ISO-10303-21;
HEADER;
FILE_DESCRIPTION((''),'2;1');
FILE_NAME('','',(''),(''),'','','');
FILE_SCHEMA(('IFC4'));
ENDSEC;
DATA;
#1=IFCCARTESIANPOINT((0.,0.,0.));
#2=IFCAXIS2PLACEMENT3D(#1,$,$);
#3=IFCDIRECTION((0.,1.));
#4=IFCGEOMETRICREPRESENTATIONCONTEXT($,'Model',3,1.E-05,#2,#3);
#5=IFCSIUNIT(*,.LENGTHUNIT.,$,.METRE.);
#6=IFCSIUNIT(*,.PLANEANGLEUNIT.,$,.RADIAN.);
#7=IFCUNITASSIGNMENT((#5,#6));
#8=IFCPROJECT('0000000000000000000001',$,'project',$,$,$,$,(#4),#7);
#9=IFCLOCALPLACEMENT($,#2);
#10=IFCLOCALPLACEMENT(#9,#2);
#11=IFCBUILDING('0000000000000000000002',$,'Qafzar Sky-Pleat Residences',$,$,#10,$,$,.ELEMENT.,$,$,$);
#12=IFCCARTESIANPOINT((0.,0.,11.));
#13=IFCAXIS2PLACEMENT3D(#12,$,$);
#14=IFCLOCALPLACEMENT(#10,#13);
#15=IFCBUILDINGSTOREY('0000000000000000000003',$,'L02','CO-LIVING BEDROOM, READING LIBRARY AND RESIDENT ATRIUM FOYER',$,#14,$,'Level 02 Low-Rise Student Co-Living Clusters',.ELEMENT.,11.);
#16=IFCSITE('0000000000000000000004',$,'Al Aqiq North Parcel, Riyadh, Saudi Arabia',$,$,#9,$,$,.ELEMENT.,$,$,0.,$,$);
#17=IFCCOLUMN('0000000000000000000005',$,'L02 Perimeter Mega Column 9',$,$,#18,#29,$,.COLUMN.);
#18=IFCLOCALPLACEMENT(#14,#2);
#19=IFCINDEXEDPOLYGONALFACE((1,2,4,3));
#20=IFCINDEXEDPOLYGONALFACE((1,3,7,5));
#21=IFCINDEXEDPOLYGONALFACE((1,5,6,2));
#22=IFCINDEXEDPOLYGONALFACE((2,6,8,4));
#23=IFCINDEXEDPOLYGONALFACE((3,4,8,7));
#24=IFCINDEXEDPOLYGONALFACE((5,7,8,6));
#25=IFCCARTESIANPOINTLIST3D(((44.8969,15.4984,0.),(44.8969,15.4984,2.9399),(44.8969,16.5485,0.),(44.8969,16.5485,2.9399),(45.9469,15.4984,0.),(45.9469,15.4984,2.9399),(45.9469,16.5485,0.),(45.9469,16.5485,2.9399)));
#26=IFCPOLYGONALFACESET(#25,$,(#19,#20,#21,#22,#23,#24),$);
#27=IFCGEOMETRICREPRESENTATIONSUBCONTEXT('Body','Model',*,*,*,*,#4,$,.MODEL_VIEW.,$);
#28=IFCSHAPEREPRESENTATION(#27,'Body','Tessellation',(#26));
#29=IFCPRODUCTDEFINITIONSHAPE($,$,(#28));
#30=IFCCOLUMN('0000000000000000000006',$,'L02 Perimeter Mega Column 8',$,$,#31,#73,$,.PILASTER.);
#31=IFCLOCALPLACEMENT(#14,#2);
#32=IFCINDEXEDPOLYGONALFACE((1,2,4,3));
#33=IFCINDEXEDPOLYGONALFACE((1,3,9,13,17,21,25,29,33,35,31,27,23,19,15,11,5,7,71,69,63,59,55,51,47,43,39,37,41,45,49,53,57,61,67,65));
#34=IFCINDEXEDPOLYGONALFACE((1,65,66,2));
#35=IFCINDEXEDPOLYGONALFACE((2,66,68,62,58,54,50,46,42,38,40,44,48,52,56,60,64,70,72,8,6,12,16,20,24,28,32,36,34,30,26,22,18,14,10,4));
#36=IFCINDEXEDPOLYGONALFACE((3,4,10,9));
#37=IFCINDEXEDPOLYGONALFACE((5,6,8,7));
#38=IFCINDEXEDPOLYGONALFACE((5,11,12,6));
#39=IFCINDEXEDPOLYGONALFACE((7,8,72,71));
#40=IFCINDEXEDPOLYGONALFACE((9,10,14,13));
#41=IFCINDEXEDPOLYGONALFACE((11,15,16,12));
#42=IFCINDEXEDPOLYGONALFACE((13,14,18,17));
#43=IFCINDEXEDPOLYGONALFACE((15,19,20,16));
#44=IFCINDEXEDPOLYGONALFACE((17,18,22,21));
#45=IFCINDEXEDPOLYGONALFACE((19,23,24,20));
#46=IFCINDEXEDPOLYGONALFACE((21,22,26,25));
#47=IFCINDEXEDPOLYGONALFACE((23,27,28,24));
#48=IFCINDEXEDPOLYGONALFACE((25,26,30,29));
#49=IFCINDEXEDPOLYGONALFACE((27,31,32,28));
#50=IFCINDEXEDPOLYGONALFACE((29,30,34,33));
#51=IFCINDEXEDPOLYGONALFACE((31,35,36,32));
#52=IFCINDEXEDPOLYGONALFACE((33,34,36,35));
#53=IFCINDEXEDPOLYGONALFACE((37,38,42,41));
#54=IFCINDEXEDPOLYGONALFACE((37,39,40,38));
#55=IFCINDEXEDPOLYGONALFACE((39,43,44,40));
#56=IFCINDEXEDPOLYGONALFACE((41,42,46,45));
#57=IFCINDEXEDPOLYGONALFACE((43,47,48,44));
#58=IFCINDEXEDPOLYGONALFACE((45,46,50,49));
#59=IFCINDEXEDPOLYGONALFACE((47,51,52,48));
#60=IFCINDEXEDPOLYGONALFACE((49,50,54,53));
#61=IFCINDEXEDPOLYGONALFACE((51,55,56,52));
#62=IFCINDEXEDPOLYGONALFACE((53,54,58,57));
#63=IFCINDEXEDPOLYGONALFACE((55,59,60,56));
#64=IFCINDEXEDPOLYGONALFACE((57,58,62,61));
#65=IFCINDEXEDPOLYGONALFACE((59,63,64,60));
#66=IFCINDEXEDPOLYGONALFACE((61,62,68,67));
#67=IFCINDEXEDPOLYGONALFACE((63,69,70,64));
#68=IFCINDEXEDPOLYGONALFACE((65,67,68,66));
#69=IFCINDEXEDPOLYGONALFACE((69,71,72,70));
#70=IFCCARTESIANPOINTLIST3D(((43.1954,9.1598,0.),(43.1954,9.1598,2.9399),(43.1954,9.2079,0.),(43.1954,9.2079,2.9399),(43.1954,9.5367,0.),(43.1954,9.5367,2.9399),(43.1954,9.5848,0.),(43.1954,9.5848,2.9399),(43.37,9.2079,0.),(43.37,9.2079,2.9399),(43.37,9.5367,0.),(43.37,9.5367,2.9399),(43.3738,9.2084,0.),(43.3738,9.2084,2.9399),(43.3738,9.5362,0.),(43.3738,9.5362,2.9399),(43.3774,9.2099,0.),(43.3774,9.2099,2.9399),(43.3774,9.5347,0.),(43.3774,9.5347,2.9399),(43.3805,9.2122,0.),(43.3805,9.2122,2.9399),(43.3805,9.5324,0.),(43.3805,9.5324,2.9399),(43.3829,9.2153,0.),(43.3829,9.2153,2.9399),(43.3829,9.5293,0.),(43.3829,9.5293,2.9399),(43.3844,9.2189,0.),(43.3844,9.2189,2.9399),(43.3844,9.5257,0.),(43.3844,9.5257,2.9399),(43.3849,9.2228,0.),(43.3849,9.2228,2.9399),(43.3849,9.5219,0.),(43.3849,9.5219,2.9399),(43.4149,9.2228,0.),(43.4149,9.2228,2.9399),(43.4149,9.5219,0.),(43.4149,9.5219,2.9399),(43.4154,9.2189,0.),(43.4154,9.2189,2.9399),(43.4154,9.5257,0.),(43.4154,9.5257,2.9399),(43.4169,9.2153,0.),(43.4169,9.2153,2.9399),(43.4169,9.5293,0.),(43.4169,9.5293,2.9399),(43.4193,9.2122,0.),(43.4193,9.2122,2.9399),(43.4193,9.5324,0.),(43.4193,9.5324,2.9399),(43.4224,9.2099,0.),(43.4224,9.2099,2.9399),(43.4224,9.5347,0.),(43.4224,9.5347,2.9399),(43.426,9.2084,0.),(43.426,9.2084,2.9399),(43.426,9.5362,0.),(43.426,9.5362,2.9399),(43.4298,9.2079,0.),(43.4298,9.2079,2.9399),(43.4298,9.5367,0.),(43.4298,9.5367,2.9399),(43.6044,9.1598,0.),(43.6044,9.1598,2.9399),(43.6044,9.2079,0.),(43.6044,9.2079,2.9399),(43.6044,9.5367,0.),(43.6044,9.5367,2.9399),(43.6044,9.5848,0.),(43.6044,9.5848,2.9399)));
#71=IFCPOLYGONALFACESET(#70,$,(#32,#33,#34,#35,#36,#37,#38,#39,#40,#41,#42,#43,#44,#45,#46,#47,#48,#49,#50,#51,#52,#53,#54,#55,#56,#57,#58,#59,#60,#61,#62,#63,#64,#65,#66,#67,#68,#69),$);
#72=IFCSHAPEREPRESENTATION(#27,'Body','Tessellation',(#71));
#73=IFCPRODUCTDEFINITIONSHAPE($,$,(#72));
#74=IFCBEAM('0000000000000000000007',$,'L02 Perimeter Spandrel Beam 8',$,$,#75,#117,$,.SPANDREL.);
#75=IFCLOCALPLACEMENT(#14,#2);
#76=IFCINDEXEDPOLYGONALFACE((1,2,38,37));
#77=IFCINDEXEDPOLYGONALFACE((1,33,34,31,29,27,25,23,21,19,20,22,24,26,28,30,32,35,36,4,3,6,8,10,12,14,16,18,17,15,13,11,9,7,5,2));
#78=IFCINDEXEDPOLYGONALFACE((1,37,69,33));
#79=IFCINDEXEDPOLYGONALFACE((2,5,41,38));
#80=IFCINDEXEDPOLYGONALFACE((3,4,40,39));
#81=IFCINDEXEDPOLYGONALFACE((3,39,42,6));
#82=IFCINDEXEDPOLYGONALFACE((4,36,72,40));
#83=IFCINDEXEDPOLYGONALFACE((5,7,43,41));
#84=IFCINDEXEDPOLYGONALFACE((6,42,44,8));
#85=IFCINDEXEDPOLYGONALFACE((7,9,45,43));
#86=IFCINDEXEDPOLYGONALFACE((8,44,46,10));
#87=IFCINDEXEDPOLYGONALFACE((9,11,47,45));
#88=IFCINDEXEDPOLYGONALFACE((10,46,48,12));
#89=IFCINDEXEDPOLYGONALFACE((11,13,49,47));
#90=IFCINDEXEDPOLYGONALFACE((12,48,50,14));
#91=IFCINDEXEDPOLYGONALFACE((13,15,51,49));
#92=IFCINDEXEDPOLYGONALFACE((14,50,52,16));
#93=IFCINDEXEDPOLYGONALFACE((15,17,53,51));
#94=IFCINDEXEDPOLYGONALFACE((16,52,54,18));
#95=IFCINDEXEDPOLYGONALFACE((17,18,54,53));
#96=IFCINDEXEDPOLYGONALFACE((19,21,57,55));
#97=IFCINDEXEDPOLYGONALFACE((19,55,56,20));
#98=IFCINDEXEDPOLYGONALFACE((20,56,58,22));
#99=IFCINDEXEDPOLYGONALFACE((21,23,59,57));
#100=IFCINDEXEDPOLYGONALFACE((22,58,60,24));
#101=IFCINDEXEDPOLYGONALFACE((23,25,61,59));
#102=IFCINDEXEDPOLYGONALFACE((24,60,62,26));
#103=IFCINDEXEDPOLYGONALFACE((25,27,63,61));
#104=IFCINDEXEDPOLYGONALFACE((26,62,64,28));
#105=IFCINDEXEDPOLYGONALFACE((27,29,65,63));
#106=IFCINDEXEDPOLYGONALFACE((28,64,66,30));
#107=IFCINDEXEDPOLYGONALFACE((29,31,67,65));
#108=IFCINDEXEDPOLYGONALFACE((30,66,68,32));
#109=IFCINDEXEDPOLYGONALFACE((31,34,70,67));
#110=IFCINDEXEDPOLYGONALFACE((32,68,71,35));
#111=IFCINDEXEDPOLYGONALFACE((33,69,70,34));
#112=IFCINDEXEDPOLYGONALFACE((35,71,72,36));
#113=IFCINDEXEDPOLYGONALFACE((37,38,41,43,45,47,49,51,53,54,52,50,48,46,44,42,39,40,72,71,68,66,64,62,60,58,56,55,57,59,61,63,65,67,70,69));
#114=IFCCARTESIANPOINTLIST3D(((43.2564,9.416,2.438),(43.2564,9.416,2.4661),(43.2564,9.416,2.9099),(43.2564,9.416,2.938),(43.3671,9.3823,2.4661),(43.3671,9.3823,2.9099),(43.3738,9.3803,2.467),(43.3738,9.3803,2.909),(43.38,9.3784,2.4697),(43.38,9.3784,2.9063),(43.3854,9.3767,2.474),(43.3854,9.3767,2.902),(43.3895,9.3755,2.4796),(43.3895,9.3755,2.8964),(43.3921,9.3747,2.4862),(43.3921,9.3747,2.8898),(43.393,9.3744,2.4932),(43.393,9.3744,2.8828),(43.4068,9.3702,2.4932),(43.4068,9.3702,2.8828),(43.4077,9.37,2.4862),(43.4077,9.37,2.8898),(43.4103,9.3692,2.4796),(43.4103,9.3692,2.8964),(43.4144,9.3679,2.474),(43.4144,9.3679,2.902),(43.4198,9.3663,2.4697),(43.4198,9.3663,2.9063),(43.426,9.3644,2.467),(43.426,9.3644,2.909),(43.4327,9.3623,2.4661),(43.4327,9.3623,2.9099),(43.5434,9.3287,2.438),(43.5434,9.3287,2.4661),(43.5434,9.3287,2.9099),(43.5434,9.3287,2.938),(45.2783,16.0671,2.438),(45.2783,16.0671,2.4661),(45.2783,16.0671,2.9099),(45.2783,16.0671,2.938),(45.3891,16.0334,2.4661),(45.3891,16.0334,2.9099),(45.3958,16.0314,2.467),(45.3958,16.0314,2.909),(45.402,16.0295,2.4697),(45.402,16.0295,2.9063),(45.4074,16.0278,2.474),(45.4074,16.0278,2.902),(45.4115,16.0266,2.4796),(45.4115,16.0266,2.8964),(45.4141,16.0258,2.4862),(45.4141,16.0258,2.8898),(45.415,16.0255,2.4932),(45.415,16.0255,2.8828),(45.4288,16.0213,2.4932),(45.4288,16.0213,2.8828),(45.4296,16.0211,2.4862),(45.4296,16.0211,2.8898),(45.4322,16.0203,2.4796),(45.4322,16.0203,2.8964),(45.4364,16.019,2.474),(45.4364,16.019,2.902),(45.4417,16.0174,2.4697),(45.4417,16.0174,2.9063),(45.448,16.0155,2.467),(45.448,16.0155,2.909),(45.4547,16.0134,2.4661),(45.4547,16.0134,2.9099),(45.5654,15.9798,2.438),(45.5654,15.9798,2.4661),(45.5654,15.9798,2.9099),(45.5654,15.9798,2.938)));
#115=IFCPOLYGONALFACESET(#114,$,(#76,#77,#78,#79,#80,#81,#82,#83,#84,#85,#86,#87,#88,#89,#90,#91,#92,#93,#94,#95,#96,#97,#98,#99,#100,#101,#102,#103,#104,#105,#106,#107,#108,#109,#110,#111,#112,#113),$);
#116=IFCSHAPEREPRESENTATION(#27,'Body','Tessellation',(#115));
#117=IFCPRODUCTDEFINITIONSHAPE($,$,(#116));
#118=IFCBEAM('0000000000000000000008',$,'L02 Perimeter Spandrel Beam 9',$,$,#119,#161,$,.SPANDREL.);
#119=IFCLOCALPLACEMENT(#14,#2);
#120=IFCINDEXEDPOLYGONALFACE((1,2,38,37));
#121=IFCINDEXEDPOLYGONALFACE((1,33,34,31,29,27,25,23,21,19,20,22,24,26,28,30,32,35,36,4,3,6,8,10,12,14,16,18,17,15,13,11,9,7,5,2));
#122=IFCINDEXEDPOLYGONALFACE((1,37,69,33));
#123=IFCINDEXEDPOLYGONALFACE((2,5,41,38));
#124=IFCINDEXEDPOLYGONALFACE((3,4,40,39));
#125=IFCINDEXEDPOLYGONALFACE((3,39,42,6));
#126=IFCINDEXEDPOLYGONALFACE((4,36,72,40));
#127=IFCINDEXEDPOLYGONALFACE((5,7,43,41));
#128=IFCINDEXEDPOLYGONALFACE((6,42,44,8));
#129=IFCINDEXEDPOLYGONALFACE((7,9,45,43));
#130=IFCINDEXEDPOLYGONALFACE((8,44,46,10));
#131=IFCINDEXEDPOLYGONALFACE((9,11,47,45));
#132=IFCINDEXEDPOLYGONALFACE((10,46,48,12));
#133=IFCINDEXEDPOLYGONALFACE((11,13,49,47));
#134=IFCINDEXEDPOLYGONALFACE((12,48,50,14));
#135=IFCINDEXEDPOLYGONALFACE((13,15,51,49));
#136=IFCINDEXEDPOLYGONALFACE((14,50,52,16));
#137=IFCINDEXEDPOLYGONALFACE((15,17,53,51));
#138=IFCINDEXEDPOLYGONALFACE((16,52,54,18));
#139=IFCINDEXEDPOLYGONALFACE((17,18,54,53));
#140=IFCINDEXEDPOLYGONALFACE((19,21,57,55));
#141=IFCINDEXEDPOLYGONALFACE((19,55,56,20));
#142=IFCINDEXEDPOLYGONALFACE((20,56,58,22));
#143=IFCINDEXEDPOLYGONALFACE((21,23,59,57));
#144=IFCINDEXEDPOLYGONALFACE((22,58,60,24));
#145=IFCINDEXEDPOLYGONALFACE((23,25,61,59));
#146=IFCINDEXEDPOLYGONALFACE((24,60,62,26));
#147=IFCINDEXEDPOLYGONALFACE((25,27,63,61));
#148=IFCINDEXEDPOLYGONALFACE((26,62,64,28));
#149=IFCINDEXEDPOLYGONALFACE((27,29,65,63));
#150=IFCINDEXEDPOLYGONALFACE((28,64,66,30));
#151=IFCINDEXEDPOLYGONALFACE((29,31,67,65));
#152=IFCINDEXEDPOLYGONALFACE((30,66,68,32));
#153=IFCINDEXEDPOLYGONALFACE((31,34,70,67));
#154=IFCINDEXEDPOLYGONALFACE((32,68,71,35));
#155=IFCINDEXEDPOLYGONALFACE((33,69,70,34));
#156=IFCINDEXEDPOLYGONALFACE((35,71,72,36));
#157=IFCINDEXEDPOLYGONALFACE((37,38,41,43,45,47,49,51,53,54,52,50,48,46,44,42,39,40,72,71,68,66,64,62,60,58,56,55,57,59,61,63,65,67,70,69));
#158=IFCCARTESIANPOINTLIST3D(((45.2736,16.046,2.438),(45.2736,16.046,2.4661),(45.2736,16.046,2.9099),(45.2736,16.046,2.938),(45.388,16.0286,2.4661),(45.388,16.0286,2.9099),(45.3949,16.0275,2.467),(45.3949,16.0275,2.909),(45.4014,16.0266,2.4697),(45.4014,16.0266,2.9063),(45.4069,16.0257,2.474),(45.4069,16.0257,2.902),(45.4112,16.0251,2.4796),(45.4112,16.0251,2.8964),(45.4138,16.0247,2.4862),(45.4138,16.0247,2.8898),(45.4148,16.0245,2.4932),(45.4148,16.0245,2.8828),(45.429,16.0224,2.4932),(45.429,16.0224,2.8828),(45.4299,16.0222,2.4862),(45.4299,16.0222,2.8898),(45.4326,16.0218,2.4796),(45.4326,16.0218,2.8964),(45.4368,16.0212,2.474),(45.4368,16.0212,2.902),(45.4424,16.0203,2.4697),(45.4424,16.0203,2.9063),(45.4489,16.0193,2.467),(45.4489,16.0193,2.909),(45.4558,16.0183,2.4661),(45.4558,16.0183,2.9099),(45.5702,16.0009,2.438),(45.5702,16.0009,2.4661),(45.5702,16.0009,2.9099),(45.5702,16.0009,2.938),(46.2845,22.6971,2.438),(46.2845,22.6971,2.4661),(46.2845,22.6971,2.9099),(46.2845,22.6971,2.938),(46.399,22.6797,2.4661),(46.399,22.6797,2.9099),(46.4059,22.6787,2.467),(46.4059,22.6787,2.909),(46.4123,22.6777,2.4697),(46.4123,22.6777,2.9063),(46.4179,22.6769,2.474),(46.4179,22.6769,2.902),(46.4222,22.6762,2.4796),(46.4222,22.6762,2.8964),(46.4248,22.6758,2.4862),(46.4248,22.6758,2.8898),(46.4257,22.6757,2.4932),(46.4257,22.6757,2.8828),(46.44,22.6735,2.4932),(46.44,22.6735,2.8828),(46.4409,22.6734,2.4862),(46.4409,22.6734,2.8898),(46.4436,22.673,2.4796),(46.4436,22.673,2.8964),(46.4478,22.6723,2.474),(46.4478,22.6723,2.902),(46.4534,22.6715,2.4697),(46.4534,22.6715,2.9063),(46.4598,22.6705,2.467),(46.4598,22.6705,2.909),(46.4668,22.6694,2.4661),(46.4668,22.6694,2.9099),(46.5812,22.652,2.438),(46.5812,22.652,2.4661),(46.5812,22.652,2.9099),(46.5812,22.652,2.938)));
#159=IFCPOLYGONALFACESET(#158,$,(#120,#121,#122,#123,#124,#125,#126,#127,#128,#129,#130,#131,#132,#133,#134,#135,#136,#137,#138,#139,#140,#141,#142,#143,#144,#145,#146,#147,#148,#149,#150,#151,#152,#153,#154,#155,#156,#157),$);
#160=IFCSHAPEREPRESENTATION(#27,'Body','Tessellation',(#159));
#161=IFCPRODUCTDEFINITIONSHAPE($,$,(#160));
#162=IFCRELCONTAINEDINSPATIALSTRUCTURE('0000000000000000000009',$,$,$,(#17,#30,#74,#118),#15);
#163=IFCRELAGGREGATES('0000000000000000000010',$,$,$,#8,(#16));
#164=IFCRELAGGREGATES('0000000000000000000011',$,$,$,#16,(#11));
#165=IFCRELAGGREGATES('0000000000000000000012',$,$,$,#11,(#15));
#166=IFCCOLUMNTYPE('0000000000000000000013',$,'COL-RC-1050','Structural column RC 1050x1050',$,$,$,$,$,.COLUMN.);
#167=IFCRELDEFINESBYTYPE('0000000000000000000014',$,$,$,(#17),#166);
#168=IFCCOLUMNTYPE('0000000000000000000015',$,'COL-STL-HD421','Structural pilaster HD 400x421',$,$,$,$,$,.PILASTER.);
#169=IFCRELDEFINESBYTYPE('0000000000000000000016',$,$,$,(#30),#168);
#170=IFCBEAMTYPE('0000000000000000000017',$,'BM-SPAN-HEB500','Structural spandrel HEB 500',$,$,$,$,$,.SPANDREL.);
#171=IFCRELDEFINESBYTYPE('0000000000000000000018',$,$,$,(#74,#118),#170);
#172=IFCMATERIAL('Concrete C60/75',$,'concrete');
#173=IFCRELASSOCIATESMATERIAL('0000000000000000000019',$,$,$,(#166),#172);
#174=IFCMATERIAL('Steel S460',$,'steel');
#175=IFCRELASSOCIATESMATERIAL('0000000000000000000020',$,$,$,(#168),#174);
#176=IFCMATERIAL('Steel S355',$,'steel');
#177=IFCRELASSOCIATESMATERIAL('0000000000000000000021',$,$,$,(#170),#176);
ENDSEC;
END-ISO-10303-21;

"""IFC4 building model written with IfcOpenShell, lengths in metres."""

from ifc_helpers import new_model, si_unit, direction, frame, origin, origin_2d, place, context, subcontext, project, spatial, rectangle, i_section, extrude, source, transform, mapped, material, material_profile, profile_set, type_object, element, save


model = new_model("IFC4")

# Units and contexts
model_context = context("Model", 3, precision=1e-05, world=origin(), true_north=direction((0.0, 1.0)))
body_context = subcontext(model_context, "Body", "Model", "MODEL_VIEW")
ifc_project = project(units=[si_unit("LENGTHUNIT", "METRE"), si_unit("PLANEANGLEUNIT", "RADIAN")], contexts=[model_context])

# Site, building, storey
site_placement = place(None, origin())
site = spatial("IfcSite", under=ifc_project, at=site_placement, Name="Al Aqiq North Parcel, Riyadh, Saudi Arabia", CompositionType="ELEMENT", RefElevation=0.0)
building_placement = place(site_placement, origin())
building = spatial("IfcBuilding", under=site, at=building_placement, Name="Qafzar Sky-Pleat Residences", CompositionType="ELEMENT")
storey_placement = place(building_placement, frame((0.0, 0.0, 11.0)))
storey = spatial("IfcBuildingStorey", under=building, at=storey_placement, Name="L02", Description="CO-LIVING BEDROOM, READING LIBRARY AND RESIDENT ATRIUM FOYER", LongName="Level 02 Low-Rise Student Co-Living Clusters", CompositionType="ELEMENT", Elevation=11.0)

# Columns
ifc_material_1 = material(Name="Concrete C60/75", Category="concrete")
ifc_material_profile_1 = material_profile(ifc_material_1, rectangle(XDim=1.05, YDim=1.05, at=origin_2d()), Name="RC 1050x1050")
ifc_profile_set_1 = profile_set([ifc_material_profile_1], Name="Concrete C60/75")
column_type_1 = type_object("IfcColumnType", Name="COL-RC-1050", Description="Structural column RC 1050x1050", PredefinedType="COLUMN", material=ifc_profile_set_1)
shared_shape_1 = source(origin(), body_context, "Body", "SweptSolid", [
    extrude(rectangle(XDim=1.05, YDim=1.05, at=origin_2d()), origin(), (0.0, 0.0, 1.0), 2.9399),
])
column_1_placement = place(storey_placement, frame((45.4219, 16.0234, 0.0), z_axis=(0.0, 0.0, 1.0), x_axis=(1.0, 0.0, 0.0)))
element("IfcColumn", 1, at=column_1_placement, inside=storey, type_object=column_type_1, Name="L02 Perimeter Mega Column 9", PredefinedType="COLUMN", context=body_context, shape_type="MappedRepresentation", body=[
    mapped(shared_shape_1, transform((0.0, 0.0, 0.0), x_axis=(1.0, 0.0, 0.0), y_axis=(0.0, 1.0, 0.0), z_axis=(0.0, 0.0, 1.0), scale=1.0)),
])
ifc_material_2 = material(Name="Steel S460", Category="steel")
ifc_material_profile_2 = material_profile(ifc_material_2, i_section(OverallWidth=0.4089, OverallDepth=0.425, WebThickness=0.03, FlangeThickness=0.0481, FilletRadius=0.0149, at=origin_2d()), Name="HD 400x421")
ifc_profile_set_2 = profile_set([ifc_material_profile_2], Name="Steel S460")
column_type_2 = type_object("IfcColumnType", Name="COL-STL-HD421", Description="Structural pilaster HD 400x421", PredefinedType="PILASTER", material=ifc_profile_set_2)
shared_shape_2 = source(origin(), body_context, "Body", "SweptSolid", [
    extrude(i_section(OverallWidth=0.4089, OverallDepth=0.425, WebThickness=0.03, FlangeThickness=0.0481, FilletRadius=0.0149, at=origin_2d()), origin(), (0.0, 0.0, 1.0), 2.9399),
])
column_2_placement = place(storey_placement, frame((43.3999, 9.3723, 0.0), z_axis=(0.0, 0.0, 1.0), x_axis=(1.0, 0.0, 0.0)))
element("IfcColumn", 2, at=column_2_placement, inside=storey, type_object=column_type_2, Name="L02 Perimeter Mega Column 8", PredefinedType="PILASTER", context=body_context, shape_type="MappedRepresentation", body=[
    mapped(shared_shape_2, transform((0.0, 0.0, 0.0), x_axis=(1.0, 0.0, 0.0), y_axis=(0.0, 1.0, 0.0), z_axis=(0.0, 0.0, 1.0), scale=1.0)),
])

# Beams
ifc_material_3 = material(Name="Steel S355", Category="steel")
ifc_material_profile_3 = material_profile(ifc_material_3, i_section(OverallWidth=0.3, OverallDepth=0.5, WebThickness=0.0144, FlangeThickness=0.0281, FilletRadius=0.0271, at=origin_2d()), Name="HEB 500")
ifc_profile_set_3 = profile_set([ifc_material_profile_3], Name="Steel S355")
beam_type_1 = type_object("IfcBeamType", Name="BM-SPAN-HEB500", Description="Structural spandrel HEB 500", PredefinedType="SPANDREL", material=ifc_profile_set_3)
shared_shape_3 = source(origin(), body_context, "Body", "SweptSolid", [
    extrude(i_section(OverallWidth=0.3, OverallDepth=0.5, WebThickness=0.0144, FlangeThickness=0.0281, FilletRadius=0.0271, at=origin_2d()), origin(), (0.0, 0.0, 1.0), 6.9517),
])
beam_1_placement = place(storey_placement, frame((43.3999, 9.3723, 2.688), z_axis=(0.290861, 0.956765, 0.0), x_axis=(-0.956765, 0.290861, 0.0)))
element("IfcBeam", 3, at=beam_1_placement, inside=storey, type_object=beam_type_1, Name="L02 Perimeter Spandrel Beam 8", PredefinedType="SPANDREL", context=body_context, shape_type="MappedRepresentation", body=[
    mapped(shared_shape_3, transform((0.0, 0.0, 0.0), x_axis=(1.0, 0.0, 0.0), y_axis=(0.0, 1.0, 0.0), z_axis=(0.0, 0.0, 1.0), scale=1.0)),
])
shared_shape_4 = source(origin(), body_context, "Body", "SweptSolid", [
    extrude(i_section(OverallWidth=0.3, OverallDepth=0.5, WebThickness=0.0144, FlangeThickness=0.0281, FilletRadius=0.0271, at=origin_2d()), origin(), (0.0, 0.0, 1.0), 6.7275),
])
beam_2_placement = place(storey_placement, frame((45.4219, 16.0234, 2.688), z_axis=(0.150276, 0.988644, 0.0), x_axis=(-0.988644, 0.150276, 0.0)))
element("IfcBeam", 4, at=beam_2_placement, inside=storey, type_object=beam_type_1, Name="L02 Perimeter Spandrel Beam 9", PredefinedType="SPANDREL", context=body_context, shape_type="MappedRepresentation", body=[
    mapped(shared_shape_4, transform((0.0, 0.0, 0.0), x_axis=(1.0, 0.0, 0.0), y_axis=(0.0, 1.0, 0.0), z_axis=(0.0, 0.0, 1.0), scale=1.0)),
])

save(model, "model.ifc")
